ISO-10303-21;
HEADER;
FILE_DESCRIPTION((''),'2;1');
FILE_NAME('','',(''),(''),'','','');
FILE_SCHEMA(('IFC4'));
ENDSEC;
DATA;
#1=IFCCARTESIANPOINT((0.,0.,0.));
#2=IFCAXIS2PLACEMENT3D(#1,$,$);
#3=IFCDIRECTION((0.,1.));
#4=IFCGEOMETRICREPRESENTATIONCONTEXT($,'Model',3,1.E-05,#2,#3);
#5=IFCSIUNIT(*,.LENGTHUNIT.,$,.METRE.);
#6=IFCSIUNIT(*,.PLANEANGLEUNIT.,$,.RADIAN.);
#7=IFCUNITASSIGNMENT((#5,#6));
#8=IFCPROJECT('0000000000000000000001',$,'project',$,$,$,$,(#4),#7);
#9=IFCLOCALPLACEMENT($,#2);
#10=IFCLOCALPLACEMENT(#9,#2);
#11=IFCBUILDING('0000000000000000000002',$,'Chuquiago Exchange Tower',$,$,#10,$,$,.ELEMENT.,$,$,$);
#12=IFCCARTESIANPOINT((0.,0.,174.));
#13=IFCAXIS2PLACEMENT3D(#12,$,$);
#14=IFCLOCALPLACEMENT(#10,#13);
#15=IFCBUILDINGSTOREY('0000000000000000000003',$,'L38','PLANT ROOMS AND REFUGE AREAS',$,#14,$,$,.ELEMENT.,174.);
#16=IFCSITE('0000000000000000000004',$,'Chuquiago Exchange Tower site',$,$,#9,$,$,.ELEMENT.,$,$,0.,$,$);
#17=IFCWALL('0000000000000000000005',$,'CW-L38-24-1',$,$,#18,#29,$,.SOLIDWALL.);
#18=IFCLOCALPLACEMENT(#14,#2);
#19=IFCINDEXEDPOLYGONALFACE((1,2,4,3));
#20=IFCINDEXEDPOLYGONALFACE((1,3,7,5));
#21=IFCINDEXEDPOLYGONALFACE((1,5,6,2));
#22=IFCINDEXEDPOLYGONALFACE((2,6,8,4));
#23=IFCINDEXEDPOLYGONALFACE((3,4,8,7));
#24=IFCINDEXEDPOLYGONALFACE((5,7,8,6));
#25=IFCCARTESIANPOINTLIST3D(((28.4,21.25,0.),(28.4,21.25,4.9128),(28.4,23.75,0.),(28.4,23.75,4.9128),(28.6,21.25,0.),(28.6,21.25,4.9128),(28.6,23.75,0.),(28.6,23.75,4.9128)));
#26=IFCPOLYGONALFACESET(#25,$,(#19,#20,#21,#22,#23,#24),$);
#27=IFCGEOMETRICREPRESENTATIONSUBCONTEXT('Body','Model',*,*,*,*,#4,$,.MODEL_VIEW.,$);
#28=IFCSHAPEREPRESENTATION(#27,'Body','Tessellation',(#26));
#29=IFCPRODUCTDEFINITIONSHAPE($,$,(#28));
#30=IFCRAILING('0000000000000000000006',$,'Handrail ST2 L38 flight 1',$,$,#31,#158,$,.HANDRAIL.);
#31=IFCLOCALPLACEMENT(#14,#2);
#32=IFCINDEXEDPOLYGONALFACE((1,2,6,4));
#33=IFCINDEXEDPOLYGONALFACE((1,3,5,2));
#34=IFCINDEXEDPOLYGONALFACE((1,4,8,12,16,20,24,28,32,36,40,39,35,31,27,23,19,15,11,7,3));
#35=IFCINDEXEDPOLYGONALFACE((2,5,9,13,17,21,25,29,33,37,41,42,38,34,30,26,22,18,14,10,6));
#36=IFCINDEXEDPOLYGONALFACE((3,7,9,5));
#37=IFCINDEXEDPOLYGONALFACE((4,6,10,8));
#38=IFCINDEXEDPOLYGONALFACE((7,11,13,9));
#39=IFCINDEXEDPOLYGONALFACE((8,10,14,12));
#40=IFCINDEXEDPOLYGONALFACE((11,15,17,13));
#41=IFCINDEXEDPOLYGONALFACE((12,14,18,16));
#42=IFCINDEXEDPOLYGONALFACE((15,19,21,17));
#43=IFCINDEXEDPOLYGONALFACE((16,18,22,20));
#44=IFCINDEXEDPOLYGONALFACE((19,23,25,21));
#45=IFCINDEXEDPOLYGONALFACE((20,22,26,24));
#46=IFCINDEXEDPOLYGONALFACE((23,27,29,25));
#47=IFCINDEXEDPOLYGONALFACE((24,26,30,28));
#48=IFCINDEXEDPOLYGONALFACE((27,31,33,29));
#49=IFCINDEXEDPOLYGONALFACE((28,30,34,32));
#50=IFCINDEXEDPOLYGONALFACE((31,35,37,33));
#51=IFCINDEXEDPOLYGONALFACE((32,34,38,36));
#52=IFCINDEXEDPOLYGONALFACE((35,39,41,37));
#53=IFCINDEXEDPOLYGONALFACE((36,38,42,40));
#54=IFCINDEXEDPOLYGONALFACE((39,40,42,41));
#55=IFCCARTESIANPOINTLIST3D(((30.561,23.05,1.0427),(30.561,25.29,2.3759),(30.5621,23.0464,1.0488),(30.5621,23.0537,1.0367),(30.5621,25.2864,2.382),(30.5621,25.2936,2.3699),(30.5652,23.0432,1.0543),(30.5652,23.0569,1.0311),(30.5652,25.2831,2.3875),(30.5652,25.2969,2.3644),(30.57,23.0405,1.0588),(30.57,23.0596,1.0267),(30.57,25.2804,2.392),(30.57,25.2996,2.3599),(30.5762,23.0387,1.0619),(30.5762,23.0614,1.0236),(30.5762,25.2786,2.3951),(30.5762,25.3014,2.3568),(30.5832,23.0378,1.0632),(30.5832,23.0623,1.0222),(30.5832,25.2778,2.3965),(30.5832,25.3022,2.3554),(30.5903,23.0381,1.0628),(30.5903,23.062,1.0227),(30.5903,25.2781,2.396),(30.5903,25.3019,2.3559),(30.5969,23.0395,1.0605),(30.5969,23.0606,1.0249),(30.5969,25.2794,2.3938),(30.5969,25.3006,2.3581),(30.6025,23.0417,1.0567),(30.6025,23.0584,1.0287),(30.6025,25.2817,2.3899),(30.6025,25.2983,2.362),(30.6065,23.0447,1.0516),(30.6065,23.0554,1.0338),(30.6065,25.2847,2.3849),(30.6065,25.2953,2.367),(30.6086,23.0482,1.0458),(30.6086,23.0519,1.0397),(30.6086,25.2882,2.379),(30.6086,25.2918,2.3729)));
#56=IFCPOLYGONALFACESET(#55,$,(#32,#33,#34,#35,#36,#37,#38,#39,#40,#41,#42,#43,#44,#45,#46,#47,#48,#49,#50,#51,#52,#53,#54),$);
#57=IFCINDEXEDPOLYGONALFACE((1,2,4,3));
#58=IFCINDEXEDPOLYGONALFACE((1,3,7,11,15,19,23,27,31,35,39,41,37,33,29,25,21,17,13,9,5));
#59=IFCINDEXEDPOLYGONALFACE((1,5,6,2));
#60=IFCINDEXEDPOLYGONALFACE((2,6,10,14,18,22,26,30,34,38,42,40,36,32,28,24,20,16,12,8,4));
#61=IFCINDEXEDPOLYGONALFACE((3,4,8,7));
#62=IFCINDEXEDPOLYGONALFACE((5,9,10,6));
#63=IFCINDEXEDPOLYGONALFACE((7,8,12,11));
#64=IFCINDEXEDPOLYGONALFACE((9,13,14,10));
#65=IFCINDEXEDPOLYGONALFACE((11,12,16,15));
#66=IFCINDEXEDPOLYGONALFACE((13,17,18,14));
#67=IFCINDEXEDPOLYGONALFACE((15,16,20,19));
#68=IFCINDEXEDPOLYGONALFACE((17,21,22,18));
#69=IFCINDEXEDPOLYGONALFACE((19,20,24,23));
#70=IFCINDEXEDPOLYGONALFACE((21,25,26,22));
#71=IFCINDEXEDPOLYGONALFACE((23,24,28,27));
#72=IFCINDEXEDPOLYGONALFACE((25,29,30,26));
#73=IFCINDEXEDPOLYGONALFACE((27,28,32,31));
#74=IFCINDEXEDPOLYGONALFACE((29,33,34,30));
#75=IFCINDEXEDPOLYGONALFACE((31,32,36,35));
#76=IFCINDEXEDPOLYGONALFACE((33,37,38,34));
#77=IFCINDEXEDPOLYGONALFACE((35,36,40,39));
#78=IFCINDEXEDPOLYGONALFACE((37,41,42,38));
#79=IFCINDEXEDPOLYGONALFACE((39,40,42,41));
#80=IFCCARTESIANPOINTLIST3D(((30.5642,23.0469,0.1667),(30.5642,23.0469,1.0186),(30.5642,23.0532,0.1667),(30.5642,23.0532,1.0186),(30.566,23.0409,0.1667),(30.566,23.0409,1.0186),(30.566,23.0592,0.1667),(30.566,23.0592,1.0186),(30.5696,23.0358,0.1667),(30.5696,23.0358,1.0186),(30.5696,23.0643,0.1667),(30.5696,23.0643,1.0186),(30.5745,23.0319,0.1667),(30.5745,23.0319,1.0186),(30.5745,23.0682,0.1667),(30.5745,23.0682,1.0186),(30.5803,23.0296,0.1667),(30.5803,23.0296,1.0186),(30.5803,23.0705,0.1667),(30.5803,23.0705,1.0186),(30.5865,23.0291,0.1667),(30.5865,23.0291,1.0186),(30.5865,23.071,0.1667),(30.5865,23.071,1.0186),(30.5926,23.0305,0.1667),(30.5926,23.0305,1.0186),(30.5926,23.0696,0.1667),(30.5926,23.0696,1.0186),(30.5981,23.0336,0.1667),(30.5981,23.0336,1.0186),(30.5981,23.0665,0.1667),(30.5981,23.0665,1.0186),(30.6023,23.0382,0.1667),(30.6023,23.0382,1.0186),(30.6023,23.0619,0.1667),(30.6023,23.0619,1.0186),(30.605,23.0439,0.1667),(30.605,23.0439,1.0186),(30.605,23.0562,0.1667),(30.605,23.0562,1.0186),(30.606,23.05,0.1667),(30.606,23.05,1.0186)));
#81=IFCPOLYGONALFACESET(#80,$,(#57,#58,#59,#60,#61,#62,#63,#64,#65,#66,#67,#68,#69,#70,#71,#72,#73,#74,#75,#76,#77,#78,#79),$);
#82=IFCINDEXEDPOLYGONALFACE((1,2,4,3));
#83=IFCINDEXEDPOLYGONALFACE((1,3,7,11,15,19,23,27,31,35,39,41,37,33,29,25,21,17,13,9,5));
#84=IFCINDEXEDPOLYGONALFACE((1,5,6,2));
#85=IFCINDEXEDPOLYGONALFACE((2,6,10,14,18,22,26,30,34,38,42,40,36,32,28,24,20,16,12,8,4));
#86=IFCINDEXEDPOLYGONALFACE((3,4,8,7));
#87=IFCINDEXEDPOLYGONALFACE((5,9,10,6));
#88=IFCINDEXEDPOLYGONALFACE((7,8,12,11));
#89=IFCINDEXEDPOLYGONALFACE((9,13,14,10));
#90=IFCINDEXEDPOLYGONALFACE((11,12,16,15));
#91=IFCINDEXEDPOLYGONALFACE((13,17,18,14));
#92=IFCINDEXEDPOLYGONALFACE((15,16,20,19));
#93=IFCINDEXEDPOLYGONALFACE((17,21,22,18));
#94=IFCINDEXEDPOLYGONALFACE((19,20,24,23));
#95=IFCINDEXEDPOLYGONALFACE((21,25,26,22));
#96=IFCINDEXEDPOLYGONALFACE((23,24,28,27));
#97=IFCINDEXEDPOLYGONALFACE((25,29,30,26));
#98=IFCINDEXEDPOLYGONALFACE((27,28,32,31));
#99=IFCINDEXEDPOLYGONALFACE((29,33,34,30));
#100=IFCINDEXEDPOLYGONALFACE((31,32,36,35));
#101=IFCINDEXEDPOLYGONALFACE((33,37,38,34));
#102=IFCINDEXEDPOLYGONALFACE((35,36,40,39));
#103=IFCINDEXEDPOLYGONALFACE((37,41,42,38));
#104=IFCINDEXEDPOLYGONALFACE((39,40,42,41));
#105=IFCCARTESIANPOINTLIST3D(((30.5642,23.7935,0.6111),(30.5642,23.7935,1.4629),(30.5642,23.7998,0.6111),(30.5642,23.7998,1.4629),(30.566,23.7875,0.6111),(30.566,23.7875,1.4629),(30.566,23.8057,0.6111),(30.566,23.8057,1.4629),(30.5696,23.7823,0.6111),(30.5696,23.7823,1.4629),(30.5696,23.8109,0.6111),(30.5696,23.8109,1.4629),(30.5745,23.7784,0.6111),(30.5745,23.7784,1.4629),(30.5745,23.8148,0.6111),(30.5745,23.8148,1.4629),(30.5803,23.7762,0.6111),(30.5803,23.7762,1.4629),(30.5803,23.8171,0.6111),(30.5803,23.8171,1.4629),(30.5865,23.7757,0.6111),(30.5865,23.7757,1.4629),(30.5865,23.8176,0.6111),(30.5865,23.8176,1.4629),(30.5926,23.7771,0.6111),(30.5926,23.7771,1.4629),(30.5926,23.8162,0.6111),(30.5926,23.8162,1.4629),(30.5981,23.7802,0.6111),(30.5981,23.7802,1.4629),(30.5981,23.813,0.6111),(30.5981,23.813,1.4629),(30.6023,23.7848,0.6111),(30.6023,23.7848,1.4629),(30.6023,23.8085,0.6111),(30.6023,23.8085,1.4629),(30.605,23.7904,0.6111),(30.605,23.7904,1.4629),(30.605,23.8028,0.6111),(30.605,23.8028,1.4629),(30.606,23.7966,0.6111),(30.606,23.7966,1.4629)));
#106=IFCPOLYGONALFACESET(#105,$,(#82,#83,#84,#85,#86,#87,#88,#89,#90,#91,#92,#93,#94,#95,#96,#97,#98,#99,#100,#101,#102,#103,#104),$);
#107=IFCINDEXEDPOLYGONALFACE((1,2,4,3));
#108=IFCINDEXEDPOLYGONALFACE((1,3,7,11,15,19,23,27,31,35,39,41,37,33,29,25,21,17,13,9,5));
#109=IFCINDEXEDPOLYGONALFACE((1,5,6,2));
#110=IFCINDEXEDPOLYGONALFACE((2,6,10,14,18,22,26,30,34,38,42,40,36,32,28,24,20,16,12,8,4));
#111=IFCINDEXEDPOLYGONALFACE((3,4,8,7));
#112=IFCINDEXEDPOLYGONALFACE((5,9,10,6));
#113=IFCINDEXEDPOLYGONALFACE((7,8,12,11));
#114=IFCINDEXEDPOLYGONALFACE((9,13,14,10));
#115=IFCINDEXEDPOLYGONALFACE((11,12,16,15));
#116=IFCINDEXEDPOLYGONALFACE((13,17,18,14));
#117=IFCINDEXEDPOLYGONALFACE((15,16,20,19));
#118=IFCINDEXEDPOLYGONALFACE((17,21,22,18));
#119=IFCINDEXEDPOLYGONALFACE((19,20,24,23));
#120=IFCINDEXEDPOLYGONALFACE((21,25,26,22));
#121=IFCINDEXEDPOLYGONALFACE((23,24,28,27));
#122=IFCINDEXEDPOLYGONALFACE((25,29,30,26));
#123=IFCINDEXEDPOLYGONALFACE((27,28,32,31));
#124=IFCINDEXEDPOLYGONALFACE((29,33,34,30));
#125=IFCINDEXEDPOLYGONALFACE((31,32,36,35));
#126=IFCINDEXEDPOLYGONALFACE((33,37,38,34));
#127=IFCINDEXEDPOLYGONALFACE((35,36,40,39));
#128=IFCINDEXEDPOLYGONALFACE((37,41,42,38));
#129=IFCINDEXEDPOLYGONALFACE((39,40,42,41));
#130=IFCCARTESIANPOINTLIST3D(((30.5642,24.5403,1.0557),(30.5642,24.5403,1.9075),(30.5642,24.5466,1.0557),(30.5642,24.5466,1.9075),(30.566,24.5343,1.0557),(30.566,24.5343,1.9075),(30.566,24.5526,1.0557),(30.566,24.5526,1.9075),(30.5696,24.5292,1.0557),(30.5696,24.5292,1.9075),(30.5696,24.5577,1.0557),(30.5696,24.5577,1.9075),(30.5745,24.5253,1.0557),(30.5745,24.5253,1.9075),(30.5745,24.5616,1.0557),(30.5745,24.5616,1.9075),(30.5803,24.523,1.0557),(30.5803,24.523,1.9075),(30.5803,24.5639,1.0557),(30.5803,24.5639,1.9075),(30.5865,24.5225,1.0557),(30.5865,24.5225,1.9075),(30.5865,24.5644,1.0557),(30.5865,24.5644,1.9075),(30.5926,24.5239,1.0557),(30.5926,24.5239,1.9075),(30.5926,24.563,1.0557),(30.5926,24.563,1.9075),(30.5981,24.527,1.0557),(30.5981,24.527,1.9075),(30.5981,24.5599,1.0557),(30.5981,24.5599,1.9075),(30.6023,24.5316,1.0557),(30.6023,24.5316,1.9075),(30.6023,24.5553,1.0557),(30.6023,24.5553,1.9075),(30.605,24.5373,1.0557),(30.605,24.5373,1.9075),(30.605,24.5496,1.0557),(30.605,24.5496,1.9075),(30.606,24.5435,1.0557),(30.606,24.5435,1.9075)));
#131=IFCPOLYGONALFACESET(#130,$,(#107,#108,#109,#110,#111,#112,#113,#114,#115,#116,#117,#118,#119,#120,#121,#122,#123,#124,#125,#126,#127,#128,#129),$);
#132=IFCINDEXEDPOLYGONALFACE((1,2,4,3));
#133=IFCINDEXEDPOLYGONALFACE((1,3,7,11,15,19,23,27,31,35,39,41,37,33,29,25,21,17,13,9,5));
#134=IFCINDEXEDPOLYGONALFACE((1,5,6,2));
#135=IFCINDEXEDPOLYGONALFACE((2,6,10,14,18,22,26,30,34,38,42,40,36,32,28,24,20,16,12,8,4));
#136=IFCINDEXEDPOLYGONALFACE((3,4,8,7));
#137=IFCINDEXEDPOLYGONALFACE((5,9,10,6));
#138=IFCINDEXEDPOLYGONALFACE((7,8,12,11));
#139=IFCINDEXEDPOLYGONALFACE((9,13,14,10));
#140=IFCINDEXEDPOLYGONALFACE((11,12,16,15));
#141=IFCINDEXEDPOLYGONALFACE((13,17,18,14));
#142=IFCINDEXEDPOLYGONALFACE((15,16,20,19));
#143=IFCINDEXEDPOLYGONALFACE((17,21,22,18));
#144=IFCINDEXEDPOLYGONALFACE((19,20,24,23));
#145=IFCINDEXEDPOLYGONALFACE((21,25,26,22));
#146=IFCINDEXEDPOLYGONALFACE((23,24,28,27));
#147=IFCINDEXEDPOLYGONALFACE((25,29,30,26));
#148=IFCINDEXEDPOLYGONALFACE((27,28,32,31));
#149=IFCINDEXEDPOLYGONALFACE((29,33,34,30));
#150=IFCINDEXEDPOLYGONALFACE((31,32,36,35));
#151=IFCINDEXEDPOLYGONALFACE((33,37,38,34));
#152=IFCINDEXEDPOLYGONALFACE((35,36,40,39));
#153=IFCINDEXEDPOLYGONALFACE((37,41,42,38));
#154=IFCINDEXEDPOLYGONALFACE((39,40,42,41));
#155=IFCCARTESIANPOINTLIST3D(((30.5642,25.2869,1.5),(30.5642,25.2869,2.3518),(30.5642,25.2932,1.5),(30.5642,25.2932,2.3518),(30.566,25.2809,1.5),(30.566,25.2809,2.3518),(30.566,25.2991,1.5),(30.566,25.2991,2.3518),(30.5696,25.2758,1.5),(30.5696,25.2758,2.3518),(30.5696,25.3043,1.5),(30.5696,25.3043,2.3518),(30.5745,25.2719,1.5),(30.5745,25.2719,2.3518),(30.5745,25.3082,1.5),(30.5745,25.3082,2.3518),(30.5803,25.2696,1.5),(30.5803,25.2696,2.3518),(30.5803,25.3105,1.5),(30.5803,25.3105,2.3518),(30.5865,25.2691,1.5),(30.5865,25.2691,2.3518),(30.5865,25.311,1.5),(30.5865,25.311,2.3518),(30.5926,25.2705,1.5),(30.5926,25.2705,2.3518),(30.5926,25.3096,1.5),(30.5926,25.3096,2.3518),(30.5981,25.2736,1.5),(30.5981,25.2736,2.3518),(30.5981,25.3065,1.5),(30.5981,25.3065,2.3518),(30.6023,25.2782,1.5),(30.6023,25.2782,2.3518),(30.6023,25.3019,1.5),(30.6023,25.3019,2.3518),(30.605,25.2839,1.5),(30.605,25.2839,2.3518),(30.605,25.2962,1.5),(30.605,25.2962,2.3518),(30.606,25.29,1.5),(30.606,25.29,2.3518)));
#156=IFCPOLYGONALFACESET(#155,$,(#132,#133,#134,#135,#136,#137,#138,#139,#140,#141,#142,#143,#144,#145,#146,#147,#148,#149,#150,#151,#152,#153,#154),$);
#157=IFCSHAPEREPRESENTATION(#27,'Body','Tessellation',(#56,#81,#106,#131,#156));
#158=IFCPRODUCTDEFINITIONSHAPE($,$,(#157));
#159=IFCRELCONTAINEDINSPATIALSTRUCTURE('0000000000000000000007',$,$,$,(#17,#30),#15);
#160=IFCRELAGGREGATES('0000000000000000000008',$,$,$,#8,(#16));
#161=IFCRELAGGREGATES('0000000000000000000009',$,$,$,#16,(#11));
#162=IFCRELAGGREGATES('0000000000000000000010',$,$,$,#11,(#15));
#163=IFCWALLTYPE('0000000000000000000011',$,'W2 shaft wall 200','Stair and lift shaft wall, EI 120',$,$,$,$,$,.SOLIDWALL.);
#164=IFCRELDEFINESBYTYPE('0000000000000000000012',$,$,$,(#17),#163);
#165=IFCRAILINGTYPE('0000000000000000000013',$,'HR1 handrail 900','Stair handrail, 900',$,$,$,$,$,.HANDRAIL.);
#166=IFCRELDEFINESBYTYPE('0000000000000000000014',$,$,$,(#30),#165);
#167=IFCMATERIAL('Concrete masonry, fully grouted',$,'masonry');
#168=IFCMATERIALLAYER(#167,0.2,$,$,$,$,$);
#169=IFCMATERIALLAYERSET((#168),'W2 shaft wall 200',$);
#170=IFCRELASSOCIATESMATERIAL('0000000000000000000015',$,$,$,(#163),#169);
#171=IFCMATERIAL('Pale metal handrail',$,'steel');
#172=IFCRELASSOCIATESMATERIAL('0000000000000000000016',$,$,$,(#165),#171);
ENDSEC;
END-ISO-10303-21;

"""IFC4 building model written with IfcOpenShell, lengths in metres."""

from ifc_helpers import new_model, si_unit, direction, frame, frame_2d, origin, origin_2d, place, context, subcontext, project, spatial, rectangle, circle, extrude, material, layer, layer_set, type_object, element, save


model = new_model("IFC4")

# Units and contexts
model_context = context("Model", 3, precision=1e-05, world=origin(), true_north=direction((0.0, 1.0)))
body_context = subcontext(model_context, "Body", "Model", "MODEL_VIEW")
ifc_project = project(units=[si_unit("LENGTHUNIT", "METRE"), si_unit("PLANEANGLEUNIT", "RADIAN")], contexts=[model_context])

# Site, building, storey
site_placement = place(None, origin())
site = spatial("IfcSite", under=ifc_project, at=site_placement, Name="Chuquiago Exchange Tower site", CompositionType="ELEMENT", RefElevation=0.0)
building_placement = place(site_placement, origin())
building = spatial("IfcBuilding", under=site, at=building_placement, Name="Chuquiago Exchange Tower", CompositionType="ELEMENT")
storey_placement = place(building_placement, frame((0.0, 0.0, 174.0)))
storey = spatial("IfcBuildingStorey", under=building, at=storey_placement, Name="L38", Description="PLANT ROOMS AND REFUGE AREAS", CompositionType="ELEMENT", Elevation=174.0)

# Shared definitions
ifc_material_1 = material(Name="Concrete masonry, fully grouted", Category="masonry")
ifc_layer = layer(ifc_material_1, 0.2)
ifc_layer_set = layer_set([ifc_layer], Name="W2 shaft wall 200")
wall_type = type_object("IfcWallType", Name="W2 shaft wall 200", Description="Stair and lift shaft wall, EI 120", PredefinedType="SOLIDWALL", material=ifc_layer_set)

# Wall
wall_1_placement = place(storey_placement, frame((28.5, 21.25, 0.0), z_axis=(0.0, 0.0, 1.0), x_axis=(0.0, 1.0, 0.0)))
element("IfcWall", 1, at=wall_1_placement, inside=storey, type_object=wall_type, Name="CW-L38-24-1", PredefinedType="SOLIDWALL", context=body_context, shape_type="SweptSolid", body=[
    extrude(rectangle(XDim=2.5, YDim=0.2, at=frame_2d((1.25, 0.0))), origin(), (0.0, 0.0, 1.0), 4.9128),
])

# Railing
ifc_material_2 = material(Name="Pale metal handrail", Category="steel")
railing_type = type_object("IfcRailingType", Name="HR1 handrail 900", Description="Stair handrail, 900", PredefinedType="HANDRAIL", material=ifc_material_2)
for number, where, name in (
    (2, (30.585, 23.05, 0.1667), "Handrail ST2 L38 flight 1"),
):
    element("IfcRailing", number, at=place(storey_placement, frame(where)), inside=storey, type_object=railing_type, Name=name, PredefinedType="HANDRAIL", context=body_context, shape_type="SweptSolid", body=[
        extrude(circle(Radius=0.0239, at=origin_2d()), frame((0.0, 0.0, 0.876), z_axis=(0.0, 0.859306, 0.511462), x_axis=(-1.0, 0.0, 0.0)), (0.0, 0.0, 1.0), 2.6067),
        extrude(circle(Radius=0.021, at=origin_2d()), origin(), (0.0, 0.0, 1.0), 0.8518),
        extrude(circle(Radius=0.021, at=origin_2d()), frame((0.0, 0.7466, 0.4443)), (0.0, 0.0, 1.0), 0.8518),
        extrude(circle(Radius=0.021, at=origin_2d()), frame((0.0, 1.4934, 0.8889)), (0.0, 0.0, 1.0), 0.8518),
        extrude(circle(Radius=0.021, at=origin_2d()), frame((0.0, 2.24, 1.3333)), (0.0, 0.0, 1.0), 0.8518),
    ])

save(model, "model.ifc")
